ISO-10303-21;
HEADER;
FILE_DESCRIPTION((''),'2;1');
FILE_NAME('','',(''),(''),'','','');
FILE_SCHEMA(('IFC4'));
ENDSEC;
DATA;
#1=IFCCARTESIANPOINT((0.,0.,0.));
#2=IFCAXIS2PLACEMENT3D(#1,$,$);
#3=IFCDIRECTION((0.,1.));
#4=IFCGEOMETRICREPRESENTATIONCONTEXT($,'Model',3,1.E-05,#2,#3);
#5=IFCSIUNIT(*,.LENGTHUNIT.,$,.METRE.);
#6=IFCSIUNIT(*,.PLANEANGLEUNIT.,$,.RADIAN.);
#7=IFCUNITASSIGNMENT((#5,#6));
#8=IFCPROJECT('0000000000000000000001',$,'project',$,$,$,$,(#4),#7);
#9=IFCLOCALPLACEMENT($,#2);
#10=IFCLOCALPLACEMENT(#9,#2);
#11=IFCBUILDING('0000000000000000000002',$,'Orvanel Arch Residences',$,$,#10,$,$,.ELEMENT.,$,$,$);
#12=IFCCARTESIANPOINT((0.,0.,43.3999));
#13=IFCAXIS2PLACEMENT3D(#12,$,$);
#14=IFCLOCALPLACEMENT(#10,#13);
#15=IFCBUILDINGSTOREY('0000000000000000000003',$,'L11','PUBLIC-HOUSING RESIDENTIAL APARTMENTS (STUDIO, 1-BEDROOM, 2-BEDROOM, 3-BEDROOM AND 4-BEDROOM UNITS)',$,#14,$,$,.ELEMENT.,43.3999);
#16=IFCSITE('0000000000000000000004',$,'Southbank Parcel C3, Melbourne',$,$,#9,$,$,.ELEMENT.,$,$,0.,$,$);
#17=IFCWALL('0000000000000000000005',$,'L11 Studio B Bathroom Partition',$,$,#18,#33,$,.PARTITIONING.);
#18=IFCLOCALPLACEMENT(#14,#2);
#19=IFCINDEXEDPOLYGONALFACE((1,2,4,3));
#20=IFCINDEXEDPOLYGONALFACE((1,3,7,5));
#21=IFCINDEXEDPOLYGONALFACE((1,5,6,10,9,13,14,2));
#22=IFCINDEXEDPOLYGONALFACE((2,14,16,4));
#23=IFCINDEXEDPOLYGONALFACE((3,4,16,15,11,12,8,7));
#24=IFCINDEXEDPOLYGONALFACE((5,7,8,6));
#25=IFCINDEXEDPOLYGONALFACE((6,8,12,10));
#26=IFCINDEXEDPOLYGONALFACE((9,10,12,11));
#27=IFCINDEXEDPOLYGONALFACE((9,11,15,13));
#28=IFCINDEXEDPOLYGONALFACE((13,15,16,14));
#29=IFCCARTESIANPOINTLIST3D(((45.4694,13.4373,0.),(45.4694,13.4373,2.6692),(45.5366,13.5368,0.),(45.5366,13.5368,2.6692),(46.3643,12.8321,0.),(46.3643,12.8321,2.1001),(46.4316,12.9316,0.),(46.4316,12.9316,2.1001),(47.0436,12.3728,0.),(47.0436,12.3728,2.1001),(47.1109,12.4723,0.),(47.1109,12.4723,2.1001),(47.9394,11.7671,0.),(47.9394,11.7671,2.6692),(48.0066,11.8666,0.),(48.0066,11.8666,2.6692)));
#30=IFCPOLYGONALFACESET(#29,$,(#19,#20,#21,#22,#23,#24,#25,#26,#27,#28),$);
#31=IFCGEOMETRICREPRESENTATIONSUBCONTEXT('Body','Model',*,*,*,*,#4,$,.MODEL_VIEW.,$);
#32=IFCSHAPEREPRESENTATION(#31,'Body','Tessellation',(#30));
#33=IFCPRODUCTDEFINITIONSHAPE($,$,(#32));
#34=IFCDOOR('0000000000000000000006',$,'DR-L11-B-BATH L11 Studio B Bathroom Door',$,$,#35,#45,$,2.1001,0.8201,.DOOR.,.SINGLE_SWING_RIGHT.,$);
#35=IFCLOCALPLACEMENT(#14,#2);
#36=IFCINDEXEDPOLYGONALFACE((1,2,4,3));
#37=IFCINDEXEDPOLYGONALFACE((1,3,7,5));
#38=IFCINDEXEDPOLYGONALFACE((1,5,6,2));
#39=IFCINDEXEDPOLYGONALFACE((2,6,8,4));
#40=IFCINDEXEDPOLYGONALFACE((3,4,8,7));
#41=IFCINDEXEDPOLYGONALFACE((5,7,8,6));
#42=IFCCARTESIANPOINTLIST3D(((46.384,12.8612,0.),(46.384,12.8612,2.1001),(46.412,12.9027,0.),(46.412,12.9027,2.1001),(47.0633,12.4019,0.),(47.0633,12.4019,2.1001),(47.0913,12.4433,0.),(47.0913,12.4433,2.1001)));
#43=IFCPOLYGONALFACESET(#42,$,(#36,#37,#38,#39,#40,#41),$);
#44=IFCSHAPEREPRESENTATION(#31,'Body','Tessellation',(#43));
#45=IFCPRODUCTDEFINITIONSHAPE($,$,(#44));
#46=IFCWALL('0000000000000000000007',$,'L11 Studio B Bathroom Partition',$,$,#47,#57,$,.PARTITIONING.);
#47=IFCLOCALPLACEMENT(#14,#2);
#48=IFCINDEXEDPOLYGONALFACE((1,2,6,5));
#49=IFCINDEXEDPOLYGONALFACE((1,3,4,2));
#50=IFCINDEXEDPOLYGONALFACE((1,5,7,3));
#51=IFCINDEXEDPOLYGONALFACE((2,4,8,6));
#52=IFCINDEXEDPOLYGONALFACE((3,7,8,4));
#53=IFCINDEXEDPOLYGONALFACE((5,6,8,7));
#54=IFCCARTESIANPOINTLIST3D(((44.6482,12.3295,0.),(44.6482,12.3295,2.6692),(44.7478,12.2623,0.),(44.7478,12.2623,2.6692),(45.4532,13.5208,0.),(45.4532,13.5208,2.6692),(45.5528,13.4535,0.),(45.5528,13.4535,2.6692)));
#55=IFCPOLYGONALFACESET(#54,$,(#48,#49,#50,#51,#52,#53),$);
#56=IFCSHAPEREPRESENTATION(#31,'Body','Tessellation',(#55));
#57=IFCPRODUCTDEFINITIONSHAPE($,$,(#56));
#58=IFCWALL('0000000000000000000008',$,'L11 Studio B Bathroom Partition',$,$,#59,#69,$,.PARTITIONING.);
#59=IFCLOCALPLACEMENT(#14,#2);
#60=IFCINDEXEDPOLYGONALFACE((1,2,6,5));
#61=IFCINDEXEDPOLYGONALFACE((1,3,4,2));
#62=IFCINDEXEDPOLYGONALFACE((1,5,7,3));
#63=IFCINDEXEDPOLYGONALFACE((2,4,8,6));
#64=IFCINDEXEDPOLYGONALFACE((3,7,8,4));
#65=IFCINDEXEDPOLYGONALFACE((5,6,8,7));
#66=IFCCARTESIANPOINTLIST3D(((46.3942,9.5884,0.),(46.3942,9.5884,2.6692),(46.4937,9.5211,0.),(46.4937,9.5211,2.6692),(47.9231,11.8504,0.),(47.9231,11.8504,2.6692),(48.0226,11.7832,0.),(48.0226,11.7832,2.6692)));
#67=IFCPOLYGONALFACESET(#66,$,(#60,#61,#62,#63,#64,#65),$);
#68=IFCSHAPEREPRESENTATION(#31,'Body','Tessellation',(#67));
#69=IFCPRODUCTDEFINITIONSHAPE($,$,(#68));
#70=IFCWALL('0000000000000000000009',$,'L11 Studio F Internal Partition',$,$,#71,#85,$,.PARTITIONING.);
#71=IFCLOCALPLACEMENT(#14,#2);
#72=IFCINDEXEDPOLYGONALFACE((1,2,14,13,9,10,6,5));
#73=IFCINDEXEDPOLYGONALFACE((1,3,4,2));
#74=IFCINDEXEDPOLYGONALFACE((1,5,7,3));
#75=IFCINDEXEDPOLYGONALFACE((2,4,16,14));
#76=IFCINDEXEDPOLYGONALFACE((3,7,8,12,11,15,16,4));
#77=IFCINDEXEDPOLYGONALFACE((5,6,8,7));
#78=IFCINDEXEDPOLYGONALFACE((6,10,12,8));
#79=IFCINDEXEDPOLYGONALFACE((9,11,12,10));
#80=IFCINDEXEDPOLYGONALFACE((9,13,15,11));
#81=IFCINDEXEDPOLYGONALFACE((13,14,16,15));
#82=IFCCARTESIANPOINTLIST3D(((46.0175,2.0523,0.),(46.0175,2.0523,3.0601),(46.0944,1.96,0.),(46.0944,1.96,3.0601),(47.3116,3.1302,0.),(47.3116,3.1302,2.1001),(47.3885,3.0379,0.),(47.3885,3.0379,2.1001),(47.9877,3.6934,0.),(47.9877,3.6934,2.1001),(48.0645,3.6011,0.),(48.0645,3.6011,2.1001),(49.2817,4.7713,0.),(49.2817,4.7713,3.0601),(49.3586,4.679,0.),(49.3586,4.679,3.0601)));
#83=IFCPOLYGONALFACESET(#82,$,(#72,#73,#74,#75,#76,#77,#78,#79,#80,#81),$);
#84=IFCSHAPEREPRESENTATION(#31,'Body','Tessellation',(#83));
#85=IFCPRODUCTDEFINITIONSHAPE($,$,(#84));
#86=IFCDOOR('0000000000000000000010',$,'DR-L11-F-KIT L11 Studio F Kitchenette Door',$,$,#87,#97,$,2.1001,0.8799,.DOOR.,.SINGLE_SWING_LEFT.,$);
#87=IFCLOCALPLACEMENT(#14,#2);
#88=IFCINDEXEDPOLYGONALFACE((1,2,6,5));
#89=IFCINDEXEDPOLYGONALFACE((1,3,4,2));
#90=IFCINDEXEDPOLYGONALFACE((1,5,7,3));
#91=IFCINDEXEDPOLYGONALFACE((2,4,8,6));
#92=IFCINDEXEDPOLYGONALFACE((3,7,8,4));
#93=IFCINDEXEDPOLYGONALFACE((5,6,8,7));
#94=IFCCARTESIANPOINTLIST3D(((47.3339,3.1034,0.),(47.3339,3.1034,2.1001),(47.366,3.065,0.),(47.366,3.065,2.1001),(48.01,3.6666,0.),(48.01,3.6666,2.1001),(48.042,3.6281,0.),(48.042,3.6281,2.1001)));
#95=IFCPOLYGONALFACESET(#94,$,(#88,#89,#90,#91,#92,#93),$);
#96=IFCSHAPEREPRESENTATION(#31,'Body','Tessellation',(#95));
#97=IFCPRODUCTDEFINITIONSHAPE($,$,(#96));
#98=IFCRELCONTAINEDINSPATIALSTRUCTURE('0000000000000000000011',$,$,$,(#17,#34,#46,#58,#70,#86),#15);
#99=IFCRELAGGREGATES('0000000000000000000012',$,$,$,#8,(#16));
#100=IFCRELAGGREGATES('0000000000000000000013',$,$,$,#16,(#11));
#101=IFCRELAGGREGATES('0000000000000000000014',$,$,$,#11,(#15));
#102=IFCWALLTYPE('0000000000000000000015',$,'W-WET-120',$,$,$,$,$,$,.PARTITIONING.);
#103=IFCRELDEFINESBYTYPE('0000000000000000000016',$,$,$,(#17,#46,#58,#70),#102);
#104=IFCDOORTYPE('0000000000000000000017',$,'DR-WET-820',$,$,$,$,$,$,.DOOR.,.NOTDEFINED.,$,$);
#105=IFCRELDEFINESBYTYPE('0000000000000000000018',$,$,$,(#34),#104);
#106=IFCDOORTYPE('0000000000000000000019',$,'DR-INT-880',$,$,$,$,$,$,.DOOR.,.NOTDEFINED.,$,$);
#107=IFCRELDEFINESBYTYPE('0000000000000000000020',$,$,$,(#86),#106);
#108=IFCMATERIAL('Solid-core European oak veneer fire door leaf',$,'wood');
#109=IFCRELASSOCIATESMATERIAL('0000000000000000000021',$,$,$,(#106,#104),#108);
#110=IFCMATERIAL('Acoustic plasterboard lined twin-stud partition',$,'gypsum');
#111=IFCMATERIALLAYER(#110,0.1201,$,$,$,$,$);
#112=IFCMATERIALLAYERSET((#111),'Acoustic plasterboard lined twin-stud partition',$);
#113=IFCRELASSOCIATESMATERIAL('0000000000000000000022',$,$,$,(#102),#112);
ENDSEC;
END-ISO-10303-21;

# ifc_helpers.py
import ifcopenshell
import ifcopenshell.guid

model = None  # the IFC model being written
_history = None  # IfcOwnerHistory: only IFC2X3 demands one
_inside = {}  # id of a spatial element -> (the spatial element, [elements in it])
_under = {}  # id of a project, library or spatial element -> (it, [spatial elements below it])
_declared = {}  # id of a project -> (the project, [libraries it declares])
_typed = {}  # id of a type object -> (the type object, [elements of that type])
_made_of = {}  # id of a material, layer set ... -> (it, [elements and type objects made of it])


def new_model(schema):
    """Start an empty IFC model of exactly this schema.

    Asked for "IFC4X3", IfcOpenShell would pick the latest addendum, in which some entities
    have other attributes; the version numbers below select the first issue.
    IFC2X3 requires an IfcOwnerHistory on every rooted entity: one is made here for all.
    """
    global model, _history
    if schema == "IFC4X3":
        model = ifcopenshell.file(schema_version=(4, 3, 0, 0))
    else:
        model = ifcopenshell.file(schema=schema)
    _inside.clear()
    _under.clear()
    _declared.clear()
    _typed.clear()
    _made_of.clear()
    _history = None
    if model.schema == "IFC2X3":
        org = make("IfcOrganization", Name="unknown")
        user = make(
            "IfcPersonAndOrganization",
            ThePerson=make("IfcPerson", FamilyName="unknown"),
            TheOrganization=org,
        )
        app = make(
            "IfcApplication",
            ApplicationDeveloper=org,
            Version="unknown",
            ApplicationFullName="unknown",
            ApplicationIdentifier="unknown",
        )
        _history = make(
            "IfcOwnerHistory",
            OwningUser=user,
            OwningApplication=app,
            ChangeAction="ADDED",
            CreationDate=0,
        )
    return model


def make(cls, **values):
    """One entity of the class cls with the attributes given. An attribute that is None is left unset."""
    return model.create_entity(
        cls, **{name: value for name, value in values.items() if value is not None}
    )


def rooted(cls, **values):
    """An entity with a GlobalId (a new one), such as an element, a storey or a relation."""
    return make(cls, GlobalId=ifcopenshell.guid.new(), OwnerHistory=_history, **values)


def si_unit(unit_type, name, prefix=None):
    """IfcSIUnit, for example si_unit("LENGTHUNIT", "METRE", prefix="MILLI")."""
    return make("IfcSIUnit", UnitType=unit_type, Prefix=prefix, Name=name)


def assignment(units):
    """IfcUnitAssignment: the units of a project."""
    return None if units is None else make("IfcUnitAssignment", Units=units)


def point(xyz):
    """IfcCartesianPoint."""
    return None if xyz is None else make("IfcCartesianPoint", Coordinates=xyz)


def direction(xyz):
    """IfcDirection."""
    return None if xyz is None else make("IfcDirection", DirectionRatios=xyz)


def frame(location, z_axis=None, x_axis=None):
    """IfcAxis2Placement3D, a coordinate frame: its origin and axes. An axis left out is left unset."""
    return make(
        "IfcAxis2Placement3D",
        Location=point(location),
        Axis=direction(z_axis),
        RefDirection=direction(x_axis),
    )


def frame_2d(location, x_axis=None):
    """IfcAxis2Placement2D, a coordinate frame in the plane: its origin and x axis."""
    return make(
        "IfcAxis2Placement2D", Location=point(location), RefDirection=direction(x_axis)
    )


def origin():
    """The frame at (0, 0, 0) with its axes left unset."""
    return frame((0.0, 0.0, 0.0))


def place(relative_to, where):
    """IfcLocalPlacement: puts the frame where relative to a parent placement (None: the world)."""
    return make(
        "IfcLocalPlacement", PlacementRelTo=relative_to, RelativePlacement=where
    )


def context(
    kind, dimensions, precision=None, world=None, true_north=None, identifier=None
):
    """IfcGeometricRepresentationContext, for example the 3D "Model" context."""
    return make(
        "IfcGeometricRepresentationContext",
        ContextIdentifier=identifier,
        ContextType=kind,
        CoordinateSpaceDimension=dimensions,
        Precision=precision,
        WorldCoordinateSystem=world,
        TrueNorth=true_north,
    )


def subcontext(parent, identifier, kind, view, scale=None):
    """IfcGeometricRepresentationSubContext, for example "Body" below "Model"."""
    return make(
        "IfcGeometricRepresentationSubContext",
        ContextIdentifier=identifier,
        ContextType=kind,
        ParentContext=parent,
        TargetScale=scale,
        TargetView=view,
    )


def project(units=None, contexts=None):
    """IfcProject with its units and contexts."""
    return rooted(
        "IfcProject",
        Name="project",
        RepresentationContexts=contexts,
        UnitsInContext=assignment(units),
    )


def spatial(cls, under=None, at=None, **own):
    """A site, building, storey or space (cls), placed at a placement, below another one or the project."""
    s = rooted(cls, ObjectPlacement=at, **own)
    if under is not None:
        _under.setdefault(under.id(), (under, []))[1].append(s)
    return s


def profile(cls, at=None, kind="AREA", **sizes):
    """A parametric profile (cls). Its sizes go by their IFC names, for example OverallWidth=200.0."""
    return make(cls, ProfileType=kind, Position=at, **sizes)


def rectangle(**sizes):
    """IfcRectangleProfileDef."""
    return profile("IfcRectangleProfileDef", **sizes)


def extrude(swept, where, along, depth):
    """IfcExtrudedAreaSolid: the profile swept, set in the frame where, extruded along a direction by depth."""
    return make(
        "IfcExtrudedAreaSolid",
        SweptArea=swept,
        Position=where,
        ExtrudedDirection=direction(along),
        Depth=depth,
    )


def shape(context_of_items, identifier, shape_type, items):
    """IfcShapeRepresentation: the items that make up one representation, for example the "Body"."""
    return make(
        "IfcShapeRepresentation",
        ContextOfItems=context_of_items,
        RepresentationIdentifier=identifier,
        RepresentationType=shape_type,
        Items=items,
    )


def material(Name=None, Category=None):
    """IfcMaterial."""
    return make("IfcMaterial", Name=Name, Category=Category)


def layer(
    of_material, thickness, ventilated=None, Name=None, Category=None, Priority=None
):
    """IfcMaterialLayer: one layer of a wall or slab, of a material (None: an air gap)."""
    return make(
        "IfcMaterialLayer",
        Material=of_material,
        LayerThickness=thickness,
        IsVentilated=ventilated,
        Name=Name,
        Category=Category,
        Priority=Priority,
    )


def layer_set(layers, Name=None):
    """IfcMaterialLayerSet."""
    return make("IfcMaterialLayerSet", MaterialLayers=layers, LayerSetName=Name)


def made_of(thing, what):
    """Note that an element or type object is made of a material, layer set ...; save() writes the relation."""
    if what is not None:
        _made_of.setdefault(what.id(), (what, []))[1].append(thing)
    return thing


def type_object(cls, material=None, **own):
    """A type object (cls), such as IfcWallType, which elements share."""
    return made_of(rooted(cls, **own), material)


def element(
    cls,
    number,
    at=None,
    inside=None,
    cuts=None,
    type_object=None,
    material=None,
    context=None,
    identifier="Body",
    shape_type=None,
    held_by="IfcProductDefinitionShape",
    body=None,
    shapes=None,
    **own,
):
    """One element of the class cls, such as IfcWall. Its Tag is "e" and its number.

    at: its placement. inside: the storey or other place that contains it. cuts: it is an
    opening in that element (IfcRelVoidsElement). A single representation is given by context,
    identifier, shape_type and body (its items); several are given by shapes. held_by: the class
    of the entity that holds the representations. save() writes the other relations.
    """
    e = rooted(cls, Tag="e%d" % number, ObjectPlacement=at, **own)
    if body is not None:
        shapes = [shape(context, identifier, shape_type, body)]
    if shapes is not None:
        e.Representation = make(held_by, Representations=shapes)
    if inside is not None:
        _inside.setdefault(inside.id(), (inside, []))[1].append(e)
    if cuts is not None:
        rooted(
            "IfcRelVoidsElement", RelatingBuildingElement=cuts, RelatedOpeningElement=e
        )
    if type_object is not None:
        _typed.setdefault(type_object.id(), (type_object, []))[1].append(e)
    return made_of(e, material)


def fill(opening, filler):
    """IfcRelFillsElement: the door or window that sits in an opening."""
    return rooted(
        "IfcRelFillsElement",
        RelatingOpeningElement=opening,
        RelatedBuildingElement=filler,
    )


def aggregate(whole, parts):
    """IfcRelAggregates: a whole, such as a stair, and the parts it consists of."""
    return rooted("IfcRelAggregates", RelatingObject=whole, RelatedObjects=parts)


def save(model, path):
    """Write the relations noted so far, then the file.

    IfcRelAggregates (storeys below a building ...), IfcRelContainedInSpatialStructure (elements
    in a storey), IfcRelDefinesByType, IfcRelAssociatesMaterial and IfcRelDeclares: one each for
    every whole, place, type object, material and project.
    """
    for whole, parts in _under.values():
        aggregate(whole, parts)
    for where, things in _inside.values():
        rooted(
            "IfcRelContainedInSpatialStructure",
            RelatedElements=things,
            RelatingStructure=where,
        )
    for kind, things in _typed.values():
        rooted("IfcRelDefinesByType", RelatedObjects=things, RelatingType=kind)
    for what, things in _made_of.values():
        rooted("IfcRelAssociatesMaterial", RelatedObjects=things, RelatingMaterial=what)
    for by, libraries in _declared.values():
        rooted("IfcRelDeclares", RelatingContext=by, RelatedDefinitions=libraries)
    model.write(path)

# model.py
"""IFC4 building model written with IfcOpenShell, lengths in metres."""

from ifc_helpers import new_model, si_unit, direction, frame, frame_2d, origin, place, context, subcontext, project, spatial, rectangle, extrude, material, layer, layer_set, type_object, element, fill, save


model = new_model("IFC4")

# Units and contexts
model_context = context("Model", 3, precision=1e-05, world=origin(), true_north=direction((0.0, 1.0)))
body_context = subcontext(model_context, "Body", "Model", "MODEL_VIEW")
ifc_project = project(units=[si_unit("LENGTHUNIT", "METRE"), si_unit("PLANEANGLEUNIT", "RADIAN")], contexts=[model_context])

# Site, building, storey
site_placement = place(None, origin())
site = spatial("IfcSite", under=ifc_project, at=site_placement, Name="Southbank Parcel C3, Melbourne", CompositionType="ELEMENT", RefElevation=0.0)
building_placement = place(site_placement, origin())
building = spatial("IfcBuilding", under=site, at=building_placement, Name="Orvanel Arch Residences", CompositionType="ELEMENT")
storey_placement = place(building_placement, frame((0.0, 0.0, 43.3999)))
storey = spatial("IfcBuildingStorey", under=building, at=storey_placement, Name="L11", Description="PUBLIC-HOUSING RESIDENTIAL APARTMENTS (STUDIO, 1-BEDROOM, 2-BEDROOM, 3-BEDROOM AND 4-BEDROOM UNITS)", CompositionType="ELEMENT", Elevation=43.3999)

# Shared definitions
ifc_material_1 = material(Name="Solid-core European oak veneer fire door leaf", Category="wood")
door_type_1 = type_object("IfcDoorType", Name="DR-INT-880", OperationType="NOTDEFINED", PredefinedType="DOOR", material=ifc_material_1)

# Shared definitions
ifc_material_2 = material(Name="Acoustic plasterboard lined twin-stud partition", Category="gypsum")

# Wall, opening, door
ifc_layer_1 = layer(ifc_material_2, 0.1201)
ifc_layer_set_1 = layer_set([ifc_layer_1], Name="Acoustic plasterboard lined twin-stud partition")
wall_type_1 = type_object("IfcWallType", Name="W-WET-120", PredefinedType="PARTITIONING", material=ifc_layer_set_1)
wall_1_placement = place(storey_placement, frame((47.9729, 11.8169, 0.0), z_axis=(0.0, 0.0, 1.0), x_axis=(-0.828392, 0.560149, 0.0)))
wall_1 = element("IfcWall", 1, at=wall_1_placement, inside=storey, type_object=wall_type_1, Name="L11 Studio B Bathroom Partition", PredefinedType="PARTITIONING", context=body_context, shape_type="SweptSolid", body=[
    extrude(rectangle(XDim=2.9817, YDim=0.1201, at=frame_2d((1.4907, 0.0))), origin(), (0.0, 0.0, 1.0), 2.6692),
])
opening_1_placement = place(wall_1_placement, frame((1.0811, 0.0, 0.0)))
opening_1 = element("IfcOpeningElement", 2, at=opening_1_placement, cuts=wall_1, PredefinedType="OPENING", context=body_context, shape_type="SweptSolid", body=[
    extrude(rectangle(XDim=0.8201, YDim=2.1001, at=frame_2d((0.4102, 1.05))), frame((0.0, 0.0701, 0.0), z_axis=(0.0, -1.0, 0.0), x_axis=(1.0, 0.0, 0.0)), (0.0, 0.0, 1.0), 0.1401),
])
door_type_2 = type_object("IfcDoorType", Name="DR-WET-820", OperationType="NOTDEFINED", PredefinedType="DOOR", material=ifc_material_1)
door_1_placement = place(opening_1_placement, origin())
door_1 = element("IfcDoor", 3, at=door_1_placement, inside=storey, type_object=door_type_2, Name="DR-L11-B-BATH L11 Studio B Bathroom Door", OperationType="SINGLE_SWING_RIGHT", OverallHeight=2.1001, OverallWidth=0.8201, PredefinedType="DOOR", context=body_context, shape_type="SweptSolid", body=[
    extrude(rectangle(XDim=0.8201, YDim=2.1001, at=frame_2d((0.4102, 1.05))), frame((0.0, 0.0249, 0.0), z_axis=(0.0, -1.0, 0.0), x_axis=(1.0, 0.0, 0.0)), (0.0, 0.0, 1.0), 0.05),
])
fill(opening_1, door_1)

# Walls
wall_2_placement = place(storey_placement, frame((45.5029, 13.4871, 0.0), z_axis=(0.0, 0.0, 1.0), x_axis=(-0.559902, -0.828559, 0.0)))
element("IfcWall", 4, at=wall_2_placement, inside=storey, type_object=wall_type_1, Name="L11 Studio B Bathroom Partition", PredefinedType="PARTITIONING", context=body_context, shape_type="SweptSolid", body=[
    extrude(rectangle(XDim=1.4377, YDim=0.1201, at=frame_2d((0.7188, 0.0))), origin(), (0.0, 0.0, 1.0), 2.6692),
])
wall_3_placement = place(storey_placement, frame((47.9729, 11.8169, 0.0), z_axis=(0.0, 0.0, 1.0), x_axis=(-0.559972, -0.828512, 0.0)))
element("IfcWall", 5, at=wall_3_placement, inside=storey, type_object=wall_type_1, Name="L11 Studio B Bathroom Partition", PredefinedType="PARTITIONING", context=body_context, shape_type="SweptSolid", body=[
    extrude(rectangle(XDim=2.7302, YDim=0.1201, at=frame_2d((1.3652, 0.0))), origin(), (0.0, 0.0, 1.0), 2.6692),
])

# Wall, opening, door
wall_4_placement = place(storey_placement, frame((49.3201, 4.7251, 0.0), z_axis=(0.0, 0.0, 1.0), x_axis=(-0.768353, -0.640026, 0.0)))
wall_4 = element("IfcWall", 6, at=wall_4_placement, inside=storey, type_object=wall_type_1, Name="L11 Studio F Internal Partition", PredefinedType="PARTITIONING", context=body_context, shape_type="SweptSolid", body=[
    extrude(rectangle(XDim=4.2483, YDim=0.1201, at=frame_2d((2.124, 0.0))), origin(), (0.0, 0.0, 1.0), 3.0601),
])
opening_2_placement = place(wall_4_placement, frame((1.6841, 0.0, 0.0)))
opening_2 = element("IfcOpeningElement", 7, at=opening_2_placement, cuts=wall_4, PredefinedType="OPENING", context=body_context, shape_type="SweptSolid", body=[
    extrude(rectangle(XDim=0.8799, YDim=2.1001, at=frame_2d((0.4399, 1.05))), frame((0.0, 0.0701, 0.0), z_axis=(0.0, -1.0, 0.0), x_axis=(1.0, 0.0, 0.0)), (0.0, 0.0, 1.0), 0.1401),
])
door_2_placement = place(opening_2_placement, origin())
door_2 = element("IfcDoor", 8, at=door_2_placement, inside=storey, type_object=door_type_1, Name="DR-L11-F-KIT L11 Studio F Kitchenette Door", OperationType="SINGLE_SWING_LEFT", OverallHeight=2.1001, OverallWidth=0.8799, PredefinedType="DOOR", context=body_context, shape_type="SweptSolid", body=[
    extrude(rectangle(XDim=0.8799, YDim=2.1001, at=frame_2d((0.4399, 1.05))), frame((0.0, 0.0249, 0.0), z_axis=(0.0, -1.0, 0.0), x_axis=(1.0, 0.0, 0.0)), (0.0, 0.0, 1.0), 0.05),
])
fill(opening_2, door_2)

save(model, "model.ifc")
